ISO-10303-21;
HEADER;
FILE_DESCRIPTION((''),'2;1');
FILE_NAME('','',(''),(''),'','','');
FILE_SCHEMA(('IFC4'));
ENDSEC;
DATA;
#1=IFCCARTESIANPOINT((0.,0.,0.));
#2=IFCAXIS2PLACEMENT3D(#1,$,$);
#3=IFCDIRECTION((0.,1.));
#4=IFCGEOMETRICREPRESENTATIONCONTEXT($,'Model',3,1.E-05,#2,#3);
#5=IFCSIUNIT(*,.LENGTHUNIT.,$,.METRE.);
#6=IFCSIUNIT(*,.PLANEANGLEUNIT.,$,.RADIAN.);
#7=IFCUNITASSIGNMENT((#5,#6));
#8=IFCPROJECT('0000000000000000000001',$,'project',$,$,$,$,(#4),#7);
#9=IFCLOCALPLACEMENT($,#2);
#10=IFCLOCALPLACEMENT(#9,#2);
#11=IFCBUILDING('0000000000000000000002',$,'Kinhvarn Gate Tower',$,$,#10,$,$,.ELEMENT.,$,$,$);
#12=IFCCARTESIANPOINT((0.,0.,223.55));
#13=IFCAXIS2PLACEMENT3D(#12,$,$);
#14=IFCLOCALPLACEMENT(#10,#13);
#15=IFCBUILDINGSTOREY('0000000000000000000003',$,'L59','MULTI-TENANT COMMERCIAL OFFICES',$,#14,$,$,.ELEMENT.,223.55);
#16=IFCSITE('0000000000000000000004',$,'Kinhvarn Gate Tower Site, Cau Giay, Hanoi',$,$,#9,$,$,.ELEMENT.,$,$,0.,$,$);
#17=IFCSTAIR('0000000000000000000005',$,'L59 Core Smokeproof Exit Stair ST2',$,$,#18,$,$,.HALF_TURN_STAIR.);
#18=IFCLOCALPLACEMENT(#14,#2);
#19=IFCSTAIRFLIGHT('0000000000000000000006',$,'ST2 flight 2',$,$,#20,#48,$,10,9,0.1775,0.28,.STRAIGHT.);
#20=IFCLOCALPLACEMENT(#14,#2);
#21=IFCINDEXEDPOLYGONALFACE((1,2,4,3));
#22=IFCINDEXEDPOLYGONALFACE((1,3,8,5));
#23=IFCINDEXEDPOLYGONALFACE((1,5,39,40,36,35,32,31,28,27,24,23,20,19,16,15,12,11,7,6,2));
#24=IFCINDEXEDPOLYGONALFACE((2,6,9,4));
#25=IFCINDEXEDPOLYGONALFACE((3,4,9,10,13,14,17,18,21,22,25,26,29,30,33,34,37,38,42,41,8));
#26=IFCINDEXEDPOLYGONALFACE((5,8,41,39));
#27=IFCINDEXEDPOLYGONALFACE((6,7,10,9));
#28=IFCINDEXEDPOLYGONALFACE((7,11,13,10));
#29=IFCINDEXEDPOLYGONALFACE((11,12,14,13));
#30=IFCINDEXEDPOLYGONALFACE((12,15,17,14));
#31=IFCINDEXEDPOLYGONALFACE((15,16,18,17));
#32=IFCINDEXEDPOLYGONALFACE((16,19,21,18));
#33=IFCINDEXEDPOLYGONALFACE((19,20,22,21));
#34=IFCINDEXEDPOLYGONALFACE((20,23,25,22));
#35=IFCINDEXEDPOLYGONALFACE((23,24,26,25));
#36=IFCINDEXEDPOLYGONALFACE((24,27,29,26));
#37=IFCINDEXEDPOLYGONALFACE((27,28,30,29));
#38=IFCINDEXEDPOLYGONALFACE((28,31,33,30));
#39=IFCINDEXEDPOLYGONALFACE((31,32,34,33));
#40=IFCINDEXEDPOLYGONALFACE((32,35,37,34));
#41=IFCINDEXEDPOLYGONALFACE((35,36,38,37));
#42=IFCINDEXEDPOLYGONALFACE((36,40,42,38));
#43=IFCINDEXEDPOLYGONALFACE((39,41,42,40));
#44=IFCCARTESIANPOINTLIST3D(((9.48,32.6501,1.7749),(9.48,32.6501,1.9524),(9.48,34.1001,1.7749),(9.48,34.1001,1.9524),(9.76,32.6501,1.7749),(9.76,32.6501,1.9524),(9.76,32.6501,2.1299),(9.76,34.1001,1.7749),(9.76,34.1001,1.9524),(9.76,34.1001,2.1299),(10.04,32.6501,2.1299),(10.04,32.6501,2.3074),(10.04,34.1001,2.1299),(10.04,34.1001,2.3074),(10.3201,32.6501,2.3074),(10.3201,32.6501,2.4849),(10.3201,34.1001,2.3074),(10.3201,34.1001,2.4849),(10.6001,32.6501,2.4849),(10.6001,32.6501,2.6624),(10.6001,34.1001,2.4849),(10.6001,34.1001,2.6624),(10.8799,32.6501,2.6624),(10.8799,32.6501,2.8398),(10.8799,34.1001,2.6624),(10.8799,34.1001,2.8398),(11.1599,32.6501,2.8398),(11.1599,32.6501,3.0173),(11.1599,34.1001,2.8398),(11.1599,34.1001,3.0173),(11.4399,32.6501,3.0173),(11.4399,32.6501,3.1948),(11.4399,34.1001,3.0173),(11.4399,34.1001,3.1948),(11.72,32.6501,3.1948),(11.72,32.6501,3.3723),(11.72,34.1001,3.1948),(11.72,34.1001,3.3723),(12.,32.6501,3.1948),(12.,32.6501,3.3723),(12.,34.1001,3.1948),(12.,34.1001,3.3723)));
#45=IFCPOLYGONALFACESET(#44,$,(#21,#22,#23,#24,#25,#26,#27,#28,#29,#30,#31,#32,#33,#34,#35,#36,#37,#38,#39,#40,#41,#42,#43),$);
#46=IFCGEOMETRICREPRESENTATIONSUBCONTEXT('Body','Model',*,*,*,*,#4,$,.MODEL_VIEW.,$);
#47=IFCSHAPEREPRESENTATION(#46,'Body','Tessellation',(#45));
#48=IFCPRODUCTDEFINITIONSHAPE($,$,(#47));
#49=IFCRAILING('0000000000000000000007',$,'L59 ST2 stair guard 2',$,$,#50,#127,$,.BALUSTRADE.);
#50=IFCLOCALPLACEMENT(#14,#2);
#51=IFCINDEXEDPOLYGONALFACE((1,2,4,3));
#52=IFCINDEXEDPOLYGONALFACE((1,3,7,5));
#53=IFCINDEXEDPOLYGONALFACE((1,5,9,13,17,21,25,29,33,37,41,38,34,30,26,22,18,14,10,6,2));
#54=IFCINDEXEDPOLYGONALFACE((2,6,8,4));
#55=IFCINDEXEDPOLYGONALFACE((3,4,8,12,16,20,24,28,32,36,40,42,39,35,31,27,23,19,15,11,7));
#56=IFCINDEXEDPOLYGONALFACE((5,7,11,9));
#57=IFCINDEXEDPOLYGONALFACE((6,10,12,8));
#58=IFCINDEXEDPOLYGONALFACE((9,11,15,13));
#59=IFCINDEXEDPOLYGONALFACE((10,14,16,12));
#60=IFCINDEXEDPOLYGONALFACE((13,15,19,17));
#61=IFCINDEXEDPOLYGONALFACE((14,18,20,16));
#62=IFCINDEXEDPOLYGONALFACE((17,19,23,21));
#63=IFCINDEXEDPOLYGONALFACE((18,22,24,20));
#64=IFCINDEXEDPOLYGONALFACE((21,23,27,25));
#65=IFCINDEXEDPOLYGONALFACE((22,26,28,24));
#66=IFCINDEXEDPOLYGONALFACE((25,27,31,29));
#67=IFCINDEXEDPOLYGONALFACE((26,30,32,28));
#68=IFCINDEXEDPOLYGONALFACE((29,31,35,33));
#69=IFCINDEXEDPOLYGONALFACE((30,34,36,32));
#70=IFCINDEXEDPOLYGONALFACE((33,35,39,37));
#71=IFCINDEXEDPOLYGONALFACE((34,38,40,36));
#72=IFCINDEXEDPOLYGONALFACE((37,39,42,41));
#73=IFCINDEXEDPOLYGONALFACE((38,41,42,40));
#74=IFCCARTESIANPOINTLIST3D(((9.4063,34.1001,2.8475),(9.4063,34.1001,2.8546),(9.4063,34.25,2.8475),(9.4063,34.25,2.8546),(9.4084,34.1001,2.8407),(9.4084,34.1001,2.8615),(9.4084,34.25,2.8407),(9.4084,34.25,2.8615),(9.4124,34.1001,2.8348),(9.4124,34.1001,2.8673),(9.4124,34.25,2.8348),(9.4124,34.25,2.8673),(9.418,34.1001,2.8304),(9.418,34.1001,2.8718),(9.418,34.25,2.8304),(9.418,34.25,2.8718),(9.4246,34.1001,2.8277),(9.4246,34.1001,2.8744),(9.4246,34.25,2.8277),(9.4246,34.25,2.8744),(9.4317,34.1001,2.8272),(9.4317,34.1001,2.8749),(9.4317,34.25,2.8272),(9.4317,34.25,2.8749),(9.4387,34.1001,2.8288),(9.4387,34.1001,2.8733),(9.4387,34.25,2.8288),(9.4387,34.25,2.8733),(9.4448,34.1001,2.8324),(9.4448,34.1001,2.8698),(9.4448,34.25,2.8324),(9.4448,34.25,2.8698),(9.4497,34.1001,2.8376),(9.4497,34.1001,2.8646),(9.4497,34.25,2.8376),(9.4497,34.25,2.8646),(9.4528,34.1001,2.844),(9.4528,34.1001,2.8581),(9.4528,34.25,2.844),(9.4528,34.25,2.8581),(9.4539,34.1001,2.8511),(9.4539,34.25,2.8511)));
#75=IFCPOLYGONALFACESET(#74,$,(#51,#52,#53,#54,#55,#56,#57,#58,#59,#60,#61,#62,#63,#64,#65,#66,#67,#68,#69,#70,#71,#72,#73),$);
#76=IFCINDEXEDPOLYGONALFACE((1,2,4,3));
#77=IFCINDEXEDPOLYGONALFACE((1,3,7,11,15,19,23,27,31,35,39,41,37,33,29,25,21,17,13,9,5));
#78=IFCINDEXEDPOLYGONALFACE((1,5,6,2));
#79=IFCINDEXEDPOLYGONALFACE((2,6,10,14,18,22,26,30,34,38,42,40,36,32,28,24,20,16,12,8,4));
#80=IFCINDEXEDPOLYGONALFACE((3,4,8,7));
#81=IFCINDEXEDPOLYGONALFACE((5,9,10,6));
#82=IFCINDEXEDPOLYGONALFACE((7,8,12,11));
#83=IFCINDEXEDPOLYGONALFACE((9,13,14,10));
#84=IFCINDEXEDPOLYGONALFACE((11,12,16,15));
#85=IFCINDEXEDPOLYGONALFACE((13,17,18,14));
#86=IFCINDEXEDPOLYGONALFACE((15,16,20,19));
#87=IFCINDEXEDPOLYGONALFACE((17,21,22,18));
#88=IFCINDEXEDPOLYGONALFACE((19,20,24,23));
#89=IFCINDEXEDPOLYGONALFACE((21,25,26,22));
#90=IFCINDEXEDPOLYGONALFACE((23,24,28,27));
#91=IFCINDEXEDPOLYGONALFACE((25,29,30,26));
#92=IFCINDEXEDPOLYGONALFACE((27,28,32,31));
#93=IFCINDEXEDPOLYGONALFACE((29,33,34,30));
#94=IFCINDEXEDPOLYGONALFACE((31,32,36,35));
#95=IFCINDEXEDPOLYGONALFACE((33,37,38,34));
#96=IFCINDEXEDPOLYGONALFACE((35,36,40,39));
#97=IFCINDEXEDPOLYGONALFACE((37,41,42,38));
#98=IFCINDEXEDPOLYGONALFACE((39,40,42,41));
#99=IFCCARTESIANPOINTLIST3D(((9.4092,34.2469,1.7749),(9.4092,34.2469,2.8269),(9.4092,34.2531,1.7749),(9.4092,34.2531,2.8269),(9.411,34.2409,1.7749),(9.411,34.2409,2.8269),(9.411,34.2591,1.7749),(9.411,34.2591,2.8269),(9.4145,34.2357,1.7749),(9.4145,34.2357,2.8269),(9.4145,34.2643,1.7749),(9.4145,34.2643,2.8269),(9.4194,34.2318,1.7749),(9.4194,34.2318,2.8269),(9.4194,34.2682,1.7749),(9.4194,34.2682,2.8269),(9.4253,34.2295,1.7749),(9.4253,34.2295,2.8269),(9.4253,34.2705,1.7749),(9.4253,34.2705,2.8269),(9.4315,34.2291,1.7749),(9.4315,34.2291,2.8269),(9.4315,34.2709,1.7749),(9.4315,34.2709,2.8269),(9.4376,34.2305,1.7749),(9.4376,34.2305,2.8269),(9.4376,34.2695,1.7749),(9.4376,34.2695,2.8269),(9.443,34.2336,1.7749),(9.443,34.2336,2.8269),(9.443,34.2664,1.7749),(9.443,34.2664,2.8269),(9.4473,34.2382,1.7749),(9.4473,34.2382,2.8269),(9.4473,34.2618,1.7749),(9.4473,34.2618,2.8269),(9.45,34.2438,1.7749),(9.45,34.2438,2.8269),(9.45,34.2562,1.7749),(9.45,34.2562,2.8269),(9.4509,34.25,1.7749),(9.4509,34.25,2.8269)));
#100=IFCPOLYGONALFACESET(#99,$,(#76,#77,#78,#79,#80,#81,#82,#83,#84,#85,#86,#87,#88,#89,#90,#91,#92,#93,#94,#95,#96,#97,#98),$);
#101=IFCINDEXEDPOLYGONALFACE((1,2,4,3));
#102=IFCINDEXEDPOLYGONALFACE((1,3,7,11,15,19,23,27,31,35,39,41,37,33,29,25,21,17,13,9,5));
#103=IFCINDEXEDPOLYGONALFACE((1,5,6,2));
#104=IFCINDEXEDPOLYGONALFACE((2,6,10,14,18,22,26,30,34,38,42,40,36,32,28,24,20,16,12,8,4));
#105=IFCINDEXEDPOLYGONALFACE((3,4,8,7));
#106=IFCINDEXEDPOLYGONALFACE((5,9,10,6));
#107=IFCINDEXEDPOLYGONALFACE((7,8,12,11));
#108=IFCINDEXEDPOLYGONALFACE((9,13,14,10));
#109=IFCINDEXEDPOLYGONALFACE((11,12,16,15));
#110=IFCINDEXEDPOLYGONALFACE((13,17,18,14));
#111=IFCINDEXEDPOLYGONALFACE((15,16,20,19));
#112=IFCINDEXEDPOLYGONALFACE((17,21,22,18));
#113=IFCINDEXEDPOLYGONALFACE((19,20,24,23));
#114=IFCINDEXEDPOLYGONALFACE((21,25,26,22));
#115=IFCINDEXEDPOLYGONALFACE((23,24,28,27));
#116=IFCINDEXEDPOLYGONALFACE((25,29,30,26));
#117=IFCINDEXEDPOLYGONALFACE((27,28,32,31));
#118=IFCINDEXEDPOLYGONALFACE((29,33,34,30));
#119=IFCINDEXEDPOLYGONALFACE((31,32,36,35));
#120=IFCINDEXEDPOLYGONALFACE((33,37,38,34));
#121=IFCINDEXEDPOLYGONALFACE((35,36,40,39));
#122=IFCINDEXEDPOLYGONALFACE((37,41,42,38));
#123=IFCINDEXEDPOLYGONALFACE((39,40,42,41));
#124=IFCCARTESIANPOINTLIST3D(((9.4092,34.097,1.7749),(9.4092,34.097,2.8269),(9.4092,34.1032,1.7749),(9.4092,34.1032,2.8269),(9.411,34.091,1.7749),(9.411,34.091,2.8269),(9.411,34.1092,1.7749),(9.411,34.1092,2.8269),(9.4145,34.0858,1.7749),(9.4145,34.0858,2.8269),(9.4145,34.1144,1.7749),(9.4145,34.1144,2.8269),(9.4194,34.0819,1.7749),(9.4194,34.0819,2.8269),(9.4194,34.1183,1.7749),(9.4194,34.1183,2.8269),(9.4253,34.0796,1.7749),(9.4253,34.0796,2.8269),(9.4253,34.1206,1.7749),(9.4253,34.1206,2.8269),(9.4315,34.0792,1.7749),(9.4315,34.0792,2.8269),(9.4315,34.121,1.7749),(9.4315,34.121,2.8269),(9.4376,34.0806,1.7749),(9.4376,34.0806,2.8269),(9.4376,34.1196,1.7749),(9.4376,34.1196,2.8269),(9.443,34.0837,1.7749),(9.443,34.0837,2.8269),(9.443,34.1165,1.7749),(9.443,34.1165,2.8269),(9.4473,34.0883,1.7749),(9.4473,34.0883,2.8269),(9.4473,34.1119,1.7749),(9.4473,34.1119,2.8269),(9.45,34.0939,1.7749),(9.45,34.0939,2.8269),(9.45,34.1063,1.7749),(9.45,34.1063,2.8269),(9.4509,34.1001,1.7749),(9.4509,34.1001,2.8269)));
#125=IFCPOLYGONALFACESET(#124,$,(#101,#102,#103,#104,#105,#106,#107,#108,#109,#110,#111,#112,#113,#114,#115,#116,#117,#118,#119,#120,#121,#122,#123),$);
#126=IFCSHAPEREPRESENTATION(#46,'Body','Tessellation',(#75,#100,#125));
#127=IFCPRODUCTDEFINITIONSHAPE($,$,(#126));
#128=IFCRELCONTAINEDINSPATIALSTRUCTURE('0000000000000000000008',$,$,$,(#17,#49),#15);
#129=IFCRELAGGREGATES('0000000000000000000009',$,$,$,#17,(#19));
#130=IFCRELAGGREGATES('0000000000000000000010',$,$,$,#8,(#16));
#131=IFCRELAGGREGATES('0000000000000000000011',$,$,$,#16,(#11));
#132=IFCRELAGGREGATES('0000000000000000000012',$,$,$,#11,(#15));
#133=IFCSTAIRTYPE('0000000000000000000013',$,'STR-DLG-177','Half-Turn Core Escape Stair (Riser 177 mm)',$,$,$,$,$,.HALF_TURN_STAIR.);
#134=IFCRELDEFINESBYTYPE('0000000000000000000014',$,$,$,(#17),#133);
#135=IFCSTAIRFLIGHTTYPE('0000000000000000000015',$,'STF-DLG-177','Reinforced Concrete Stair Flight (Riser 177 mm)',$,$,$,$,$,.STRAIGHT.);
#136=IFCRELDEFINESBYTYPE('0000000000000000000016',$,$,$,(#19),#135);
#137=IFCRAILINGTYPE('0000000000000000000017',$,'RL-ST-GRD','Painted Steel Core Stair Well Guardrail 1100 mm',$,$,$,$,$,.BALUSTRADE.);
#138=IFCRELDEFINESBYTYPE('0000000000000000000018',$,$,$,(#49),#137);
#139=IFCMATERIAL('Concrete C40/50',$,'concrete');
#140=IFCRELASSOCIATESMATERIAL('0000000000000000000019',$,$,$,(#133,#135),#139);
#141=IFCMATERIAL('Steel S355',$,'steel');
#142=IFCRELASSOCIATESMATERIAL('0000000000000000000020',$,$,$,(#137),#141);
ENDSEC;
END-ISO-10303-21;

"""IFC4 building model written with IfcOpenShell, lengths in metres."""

from ifc_helpers import new_model, si_unit, direction, frame, origin, origin_2d, place, context, subcontext, project, spatial, polyline, circle, outline, extrude, material, type_object, element, aggregate, save


model = new_model("IFC4")

# Units and contexts
model_context = context("Model", 3, precision=1e-05, world=origin(), true_north=direction((0.0, 1.0)))
body_context = subcontext(model_context, "Body", "Model", "MODEL_VIEW")
ifc_project = project(units=[si_unit("LENGTHUNIT", "METRE"), si_unit("PLANEANGLEUNIT", "RADIAN")], contexts=[model_context])

# Site, building, storey
site_placement = place(None, origin())
site = spatial("IfcSite", under=ifc_project, at=site_placement, Name="Kinhvarn Gate Tower Site, Cau Giay, Hanoi", CompositionType="ELEMENT", RefElevation=0.0)
building_placement = place(site_placement, origin())
building = spatial("IfcBuilding", under=site, at=building_placement, Name="Kinhvarn Gate Tower", CompositionType="ELEMENT")
storey_placement = place(building_placement, frame((0.0, 0.0, 223.55)))
storey = spatial("IfcBuildingStorey", under=building, at=storey_placement, Name="L59", Description="MULTI-TENANT COMMERCIAL OFFICES", CompositionType="ELEMENT", Elevation=223.55)

# Shared definitions
ifc_material_1 = material(Name="Concrete C40/50", Category="concrete")

# Stair, stair flight
stair_type = type_object("IfcStairType", Name="STR-DLG-177", Description="Half-Turn Core Escape Stair (Riser 177 mm)", PredefinedType="HALF_TURN_STAIR", material=ifc_material_1)
stair_placement = place(storey_placement, origin())
stair = element("IfcStair", 1, at=stair_placement, inside=storey, type_object=stair_type, Name="L59 Core Smokeproof Exit Stair ST2", PredefinedType="HALF_TURN_STAIR")
stair_flight_type = type_object("IfcStairFlightType", Name="STF-DLG-177", Description="Reinforced Concrete Stair Flight (Riser 177 mm)", PredefinedType="STRAIGHT", material=ifc_material_1)
stair_flight_placement = place(storey_placement, frame((9.48, 33.375, 1.7749), z_axis=(0.0, 0.0, 1.0), x_axis=(1.0, 0.0, 0.0)))
stair_flight = element("IfcStairFlight", 2, at=stair_flight_placement, type_object=stair_flight_type, Name="ST2 flight 2", NumberOfRisers=10, NumberOfTreads=9, PredefinedType="STRAIGHT", RiserHeight=0.1775, TreadLength=0.28, context=body_context, shape_type="SweptSolid", body=[
    extrude(outline(polyline([(0.0, 0.0), (0.0, 0.1775), (0.28, 0.1775), (0.28, 0.355), (0.5601, 0.355), (0.5601, 0.5325), (0.8401, 0.5325), (0.8401, 0.71), (1.1201, 0.71), (1.1201, 0.8875), (1.3999, 0.8875), (1.3999, 1.0649), (1.6799, 1.0649), (1.6799, 1.2424), (1.96, 1.2424), (1.96, 1.4199), (2.24, 1.4199), (2.24, 1.5974), (2.52, 1.5974), (2.52, 1.7749), (2.52, 1.4199), (0.28, 0.0), (0.0, 0.0)])), frame((0.0, 0.7251, 0.0), z_axis=(0.0, -1.0, 0.0), x_axis=(1.0, 0.0, 0.0)), (0.0, 0.0, 1.0), 1.45),
])
aggregate(stair, [stair_flight])

# Railing
ifc_material_2 = material(Name="Steel S355", Category="steel")
railing_type_1 = type_object("IfcRailingType", Name="RL-ST-GRD", Description="Painted Steel Core Stair Well Guardrail 1100 mm", PredefinedType="BALUSTRADE", material=ifc_material_2)
railing_1_placement = place(storey_placement, frame((9.4299, 34.25, 1.7749)))
element("IfcRailing", 3, at=railing_1_placement, inside=storey, type_object=railing_type_1, Name="L59 ST2 stair guard 2", PredefinedType="BALUSTRADE", context=body_context, shape_type="SweptSolid", body=[
    extrude(circle(Radius=0.0239, at=origin_2d()), frame((0.0, 0.0, 1.0762), z_axis=(0.0, -1.0, 0.0), x_axis=(1.0, 0.0, 0.0)), (0.0, 0.0, 1.0), 0.1499),
    extrude(circle(Radius=0.021, at=origin_2d()), origin(), (0.0, 0.0, 1.0), 1.052),
    extrude(circle(Radius=0.021, at=origin_2d()), frame((0.0, -0.1499, 0.0)), (0.0, 0.0, 1.0), 1.052),
])

save(model, "model.ifc")
